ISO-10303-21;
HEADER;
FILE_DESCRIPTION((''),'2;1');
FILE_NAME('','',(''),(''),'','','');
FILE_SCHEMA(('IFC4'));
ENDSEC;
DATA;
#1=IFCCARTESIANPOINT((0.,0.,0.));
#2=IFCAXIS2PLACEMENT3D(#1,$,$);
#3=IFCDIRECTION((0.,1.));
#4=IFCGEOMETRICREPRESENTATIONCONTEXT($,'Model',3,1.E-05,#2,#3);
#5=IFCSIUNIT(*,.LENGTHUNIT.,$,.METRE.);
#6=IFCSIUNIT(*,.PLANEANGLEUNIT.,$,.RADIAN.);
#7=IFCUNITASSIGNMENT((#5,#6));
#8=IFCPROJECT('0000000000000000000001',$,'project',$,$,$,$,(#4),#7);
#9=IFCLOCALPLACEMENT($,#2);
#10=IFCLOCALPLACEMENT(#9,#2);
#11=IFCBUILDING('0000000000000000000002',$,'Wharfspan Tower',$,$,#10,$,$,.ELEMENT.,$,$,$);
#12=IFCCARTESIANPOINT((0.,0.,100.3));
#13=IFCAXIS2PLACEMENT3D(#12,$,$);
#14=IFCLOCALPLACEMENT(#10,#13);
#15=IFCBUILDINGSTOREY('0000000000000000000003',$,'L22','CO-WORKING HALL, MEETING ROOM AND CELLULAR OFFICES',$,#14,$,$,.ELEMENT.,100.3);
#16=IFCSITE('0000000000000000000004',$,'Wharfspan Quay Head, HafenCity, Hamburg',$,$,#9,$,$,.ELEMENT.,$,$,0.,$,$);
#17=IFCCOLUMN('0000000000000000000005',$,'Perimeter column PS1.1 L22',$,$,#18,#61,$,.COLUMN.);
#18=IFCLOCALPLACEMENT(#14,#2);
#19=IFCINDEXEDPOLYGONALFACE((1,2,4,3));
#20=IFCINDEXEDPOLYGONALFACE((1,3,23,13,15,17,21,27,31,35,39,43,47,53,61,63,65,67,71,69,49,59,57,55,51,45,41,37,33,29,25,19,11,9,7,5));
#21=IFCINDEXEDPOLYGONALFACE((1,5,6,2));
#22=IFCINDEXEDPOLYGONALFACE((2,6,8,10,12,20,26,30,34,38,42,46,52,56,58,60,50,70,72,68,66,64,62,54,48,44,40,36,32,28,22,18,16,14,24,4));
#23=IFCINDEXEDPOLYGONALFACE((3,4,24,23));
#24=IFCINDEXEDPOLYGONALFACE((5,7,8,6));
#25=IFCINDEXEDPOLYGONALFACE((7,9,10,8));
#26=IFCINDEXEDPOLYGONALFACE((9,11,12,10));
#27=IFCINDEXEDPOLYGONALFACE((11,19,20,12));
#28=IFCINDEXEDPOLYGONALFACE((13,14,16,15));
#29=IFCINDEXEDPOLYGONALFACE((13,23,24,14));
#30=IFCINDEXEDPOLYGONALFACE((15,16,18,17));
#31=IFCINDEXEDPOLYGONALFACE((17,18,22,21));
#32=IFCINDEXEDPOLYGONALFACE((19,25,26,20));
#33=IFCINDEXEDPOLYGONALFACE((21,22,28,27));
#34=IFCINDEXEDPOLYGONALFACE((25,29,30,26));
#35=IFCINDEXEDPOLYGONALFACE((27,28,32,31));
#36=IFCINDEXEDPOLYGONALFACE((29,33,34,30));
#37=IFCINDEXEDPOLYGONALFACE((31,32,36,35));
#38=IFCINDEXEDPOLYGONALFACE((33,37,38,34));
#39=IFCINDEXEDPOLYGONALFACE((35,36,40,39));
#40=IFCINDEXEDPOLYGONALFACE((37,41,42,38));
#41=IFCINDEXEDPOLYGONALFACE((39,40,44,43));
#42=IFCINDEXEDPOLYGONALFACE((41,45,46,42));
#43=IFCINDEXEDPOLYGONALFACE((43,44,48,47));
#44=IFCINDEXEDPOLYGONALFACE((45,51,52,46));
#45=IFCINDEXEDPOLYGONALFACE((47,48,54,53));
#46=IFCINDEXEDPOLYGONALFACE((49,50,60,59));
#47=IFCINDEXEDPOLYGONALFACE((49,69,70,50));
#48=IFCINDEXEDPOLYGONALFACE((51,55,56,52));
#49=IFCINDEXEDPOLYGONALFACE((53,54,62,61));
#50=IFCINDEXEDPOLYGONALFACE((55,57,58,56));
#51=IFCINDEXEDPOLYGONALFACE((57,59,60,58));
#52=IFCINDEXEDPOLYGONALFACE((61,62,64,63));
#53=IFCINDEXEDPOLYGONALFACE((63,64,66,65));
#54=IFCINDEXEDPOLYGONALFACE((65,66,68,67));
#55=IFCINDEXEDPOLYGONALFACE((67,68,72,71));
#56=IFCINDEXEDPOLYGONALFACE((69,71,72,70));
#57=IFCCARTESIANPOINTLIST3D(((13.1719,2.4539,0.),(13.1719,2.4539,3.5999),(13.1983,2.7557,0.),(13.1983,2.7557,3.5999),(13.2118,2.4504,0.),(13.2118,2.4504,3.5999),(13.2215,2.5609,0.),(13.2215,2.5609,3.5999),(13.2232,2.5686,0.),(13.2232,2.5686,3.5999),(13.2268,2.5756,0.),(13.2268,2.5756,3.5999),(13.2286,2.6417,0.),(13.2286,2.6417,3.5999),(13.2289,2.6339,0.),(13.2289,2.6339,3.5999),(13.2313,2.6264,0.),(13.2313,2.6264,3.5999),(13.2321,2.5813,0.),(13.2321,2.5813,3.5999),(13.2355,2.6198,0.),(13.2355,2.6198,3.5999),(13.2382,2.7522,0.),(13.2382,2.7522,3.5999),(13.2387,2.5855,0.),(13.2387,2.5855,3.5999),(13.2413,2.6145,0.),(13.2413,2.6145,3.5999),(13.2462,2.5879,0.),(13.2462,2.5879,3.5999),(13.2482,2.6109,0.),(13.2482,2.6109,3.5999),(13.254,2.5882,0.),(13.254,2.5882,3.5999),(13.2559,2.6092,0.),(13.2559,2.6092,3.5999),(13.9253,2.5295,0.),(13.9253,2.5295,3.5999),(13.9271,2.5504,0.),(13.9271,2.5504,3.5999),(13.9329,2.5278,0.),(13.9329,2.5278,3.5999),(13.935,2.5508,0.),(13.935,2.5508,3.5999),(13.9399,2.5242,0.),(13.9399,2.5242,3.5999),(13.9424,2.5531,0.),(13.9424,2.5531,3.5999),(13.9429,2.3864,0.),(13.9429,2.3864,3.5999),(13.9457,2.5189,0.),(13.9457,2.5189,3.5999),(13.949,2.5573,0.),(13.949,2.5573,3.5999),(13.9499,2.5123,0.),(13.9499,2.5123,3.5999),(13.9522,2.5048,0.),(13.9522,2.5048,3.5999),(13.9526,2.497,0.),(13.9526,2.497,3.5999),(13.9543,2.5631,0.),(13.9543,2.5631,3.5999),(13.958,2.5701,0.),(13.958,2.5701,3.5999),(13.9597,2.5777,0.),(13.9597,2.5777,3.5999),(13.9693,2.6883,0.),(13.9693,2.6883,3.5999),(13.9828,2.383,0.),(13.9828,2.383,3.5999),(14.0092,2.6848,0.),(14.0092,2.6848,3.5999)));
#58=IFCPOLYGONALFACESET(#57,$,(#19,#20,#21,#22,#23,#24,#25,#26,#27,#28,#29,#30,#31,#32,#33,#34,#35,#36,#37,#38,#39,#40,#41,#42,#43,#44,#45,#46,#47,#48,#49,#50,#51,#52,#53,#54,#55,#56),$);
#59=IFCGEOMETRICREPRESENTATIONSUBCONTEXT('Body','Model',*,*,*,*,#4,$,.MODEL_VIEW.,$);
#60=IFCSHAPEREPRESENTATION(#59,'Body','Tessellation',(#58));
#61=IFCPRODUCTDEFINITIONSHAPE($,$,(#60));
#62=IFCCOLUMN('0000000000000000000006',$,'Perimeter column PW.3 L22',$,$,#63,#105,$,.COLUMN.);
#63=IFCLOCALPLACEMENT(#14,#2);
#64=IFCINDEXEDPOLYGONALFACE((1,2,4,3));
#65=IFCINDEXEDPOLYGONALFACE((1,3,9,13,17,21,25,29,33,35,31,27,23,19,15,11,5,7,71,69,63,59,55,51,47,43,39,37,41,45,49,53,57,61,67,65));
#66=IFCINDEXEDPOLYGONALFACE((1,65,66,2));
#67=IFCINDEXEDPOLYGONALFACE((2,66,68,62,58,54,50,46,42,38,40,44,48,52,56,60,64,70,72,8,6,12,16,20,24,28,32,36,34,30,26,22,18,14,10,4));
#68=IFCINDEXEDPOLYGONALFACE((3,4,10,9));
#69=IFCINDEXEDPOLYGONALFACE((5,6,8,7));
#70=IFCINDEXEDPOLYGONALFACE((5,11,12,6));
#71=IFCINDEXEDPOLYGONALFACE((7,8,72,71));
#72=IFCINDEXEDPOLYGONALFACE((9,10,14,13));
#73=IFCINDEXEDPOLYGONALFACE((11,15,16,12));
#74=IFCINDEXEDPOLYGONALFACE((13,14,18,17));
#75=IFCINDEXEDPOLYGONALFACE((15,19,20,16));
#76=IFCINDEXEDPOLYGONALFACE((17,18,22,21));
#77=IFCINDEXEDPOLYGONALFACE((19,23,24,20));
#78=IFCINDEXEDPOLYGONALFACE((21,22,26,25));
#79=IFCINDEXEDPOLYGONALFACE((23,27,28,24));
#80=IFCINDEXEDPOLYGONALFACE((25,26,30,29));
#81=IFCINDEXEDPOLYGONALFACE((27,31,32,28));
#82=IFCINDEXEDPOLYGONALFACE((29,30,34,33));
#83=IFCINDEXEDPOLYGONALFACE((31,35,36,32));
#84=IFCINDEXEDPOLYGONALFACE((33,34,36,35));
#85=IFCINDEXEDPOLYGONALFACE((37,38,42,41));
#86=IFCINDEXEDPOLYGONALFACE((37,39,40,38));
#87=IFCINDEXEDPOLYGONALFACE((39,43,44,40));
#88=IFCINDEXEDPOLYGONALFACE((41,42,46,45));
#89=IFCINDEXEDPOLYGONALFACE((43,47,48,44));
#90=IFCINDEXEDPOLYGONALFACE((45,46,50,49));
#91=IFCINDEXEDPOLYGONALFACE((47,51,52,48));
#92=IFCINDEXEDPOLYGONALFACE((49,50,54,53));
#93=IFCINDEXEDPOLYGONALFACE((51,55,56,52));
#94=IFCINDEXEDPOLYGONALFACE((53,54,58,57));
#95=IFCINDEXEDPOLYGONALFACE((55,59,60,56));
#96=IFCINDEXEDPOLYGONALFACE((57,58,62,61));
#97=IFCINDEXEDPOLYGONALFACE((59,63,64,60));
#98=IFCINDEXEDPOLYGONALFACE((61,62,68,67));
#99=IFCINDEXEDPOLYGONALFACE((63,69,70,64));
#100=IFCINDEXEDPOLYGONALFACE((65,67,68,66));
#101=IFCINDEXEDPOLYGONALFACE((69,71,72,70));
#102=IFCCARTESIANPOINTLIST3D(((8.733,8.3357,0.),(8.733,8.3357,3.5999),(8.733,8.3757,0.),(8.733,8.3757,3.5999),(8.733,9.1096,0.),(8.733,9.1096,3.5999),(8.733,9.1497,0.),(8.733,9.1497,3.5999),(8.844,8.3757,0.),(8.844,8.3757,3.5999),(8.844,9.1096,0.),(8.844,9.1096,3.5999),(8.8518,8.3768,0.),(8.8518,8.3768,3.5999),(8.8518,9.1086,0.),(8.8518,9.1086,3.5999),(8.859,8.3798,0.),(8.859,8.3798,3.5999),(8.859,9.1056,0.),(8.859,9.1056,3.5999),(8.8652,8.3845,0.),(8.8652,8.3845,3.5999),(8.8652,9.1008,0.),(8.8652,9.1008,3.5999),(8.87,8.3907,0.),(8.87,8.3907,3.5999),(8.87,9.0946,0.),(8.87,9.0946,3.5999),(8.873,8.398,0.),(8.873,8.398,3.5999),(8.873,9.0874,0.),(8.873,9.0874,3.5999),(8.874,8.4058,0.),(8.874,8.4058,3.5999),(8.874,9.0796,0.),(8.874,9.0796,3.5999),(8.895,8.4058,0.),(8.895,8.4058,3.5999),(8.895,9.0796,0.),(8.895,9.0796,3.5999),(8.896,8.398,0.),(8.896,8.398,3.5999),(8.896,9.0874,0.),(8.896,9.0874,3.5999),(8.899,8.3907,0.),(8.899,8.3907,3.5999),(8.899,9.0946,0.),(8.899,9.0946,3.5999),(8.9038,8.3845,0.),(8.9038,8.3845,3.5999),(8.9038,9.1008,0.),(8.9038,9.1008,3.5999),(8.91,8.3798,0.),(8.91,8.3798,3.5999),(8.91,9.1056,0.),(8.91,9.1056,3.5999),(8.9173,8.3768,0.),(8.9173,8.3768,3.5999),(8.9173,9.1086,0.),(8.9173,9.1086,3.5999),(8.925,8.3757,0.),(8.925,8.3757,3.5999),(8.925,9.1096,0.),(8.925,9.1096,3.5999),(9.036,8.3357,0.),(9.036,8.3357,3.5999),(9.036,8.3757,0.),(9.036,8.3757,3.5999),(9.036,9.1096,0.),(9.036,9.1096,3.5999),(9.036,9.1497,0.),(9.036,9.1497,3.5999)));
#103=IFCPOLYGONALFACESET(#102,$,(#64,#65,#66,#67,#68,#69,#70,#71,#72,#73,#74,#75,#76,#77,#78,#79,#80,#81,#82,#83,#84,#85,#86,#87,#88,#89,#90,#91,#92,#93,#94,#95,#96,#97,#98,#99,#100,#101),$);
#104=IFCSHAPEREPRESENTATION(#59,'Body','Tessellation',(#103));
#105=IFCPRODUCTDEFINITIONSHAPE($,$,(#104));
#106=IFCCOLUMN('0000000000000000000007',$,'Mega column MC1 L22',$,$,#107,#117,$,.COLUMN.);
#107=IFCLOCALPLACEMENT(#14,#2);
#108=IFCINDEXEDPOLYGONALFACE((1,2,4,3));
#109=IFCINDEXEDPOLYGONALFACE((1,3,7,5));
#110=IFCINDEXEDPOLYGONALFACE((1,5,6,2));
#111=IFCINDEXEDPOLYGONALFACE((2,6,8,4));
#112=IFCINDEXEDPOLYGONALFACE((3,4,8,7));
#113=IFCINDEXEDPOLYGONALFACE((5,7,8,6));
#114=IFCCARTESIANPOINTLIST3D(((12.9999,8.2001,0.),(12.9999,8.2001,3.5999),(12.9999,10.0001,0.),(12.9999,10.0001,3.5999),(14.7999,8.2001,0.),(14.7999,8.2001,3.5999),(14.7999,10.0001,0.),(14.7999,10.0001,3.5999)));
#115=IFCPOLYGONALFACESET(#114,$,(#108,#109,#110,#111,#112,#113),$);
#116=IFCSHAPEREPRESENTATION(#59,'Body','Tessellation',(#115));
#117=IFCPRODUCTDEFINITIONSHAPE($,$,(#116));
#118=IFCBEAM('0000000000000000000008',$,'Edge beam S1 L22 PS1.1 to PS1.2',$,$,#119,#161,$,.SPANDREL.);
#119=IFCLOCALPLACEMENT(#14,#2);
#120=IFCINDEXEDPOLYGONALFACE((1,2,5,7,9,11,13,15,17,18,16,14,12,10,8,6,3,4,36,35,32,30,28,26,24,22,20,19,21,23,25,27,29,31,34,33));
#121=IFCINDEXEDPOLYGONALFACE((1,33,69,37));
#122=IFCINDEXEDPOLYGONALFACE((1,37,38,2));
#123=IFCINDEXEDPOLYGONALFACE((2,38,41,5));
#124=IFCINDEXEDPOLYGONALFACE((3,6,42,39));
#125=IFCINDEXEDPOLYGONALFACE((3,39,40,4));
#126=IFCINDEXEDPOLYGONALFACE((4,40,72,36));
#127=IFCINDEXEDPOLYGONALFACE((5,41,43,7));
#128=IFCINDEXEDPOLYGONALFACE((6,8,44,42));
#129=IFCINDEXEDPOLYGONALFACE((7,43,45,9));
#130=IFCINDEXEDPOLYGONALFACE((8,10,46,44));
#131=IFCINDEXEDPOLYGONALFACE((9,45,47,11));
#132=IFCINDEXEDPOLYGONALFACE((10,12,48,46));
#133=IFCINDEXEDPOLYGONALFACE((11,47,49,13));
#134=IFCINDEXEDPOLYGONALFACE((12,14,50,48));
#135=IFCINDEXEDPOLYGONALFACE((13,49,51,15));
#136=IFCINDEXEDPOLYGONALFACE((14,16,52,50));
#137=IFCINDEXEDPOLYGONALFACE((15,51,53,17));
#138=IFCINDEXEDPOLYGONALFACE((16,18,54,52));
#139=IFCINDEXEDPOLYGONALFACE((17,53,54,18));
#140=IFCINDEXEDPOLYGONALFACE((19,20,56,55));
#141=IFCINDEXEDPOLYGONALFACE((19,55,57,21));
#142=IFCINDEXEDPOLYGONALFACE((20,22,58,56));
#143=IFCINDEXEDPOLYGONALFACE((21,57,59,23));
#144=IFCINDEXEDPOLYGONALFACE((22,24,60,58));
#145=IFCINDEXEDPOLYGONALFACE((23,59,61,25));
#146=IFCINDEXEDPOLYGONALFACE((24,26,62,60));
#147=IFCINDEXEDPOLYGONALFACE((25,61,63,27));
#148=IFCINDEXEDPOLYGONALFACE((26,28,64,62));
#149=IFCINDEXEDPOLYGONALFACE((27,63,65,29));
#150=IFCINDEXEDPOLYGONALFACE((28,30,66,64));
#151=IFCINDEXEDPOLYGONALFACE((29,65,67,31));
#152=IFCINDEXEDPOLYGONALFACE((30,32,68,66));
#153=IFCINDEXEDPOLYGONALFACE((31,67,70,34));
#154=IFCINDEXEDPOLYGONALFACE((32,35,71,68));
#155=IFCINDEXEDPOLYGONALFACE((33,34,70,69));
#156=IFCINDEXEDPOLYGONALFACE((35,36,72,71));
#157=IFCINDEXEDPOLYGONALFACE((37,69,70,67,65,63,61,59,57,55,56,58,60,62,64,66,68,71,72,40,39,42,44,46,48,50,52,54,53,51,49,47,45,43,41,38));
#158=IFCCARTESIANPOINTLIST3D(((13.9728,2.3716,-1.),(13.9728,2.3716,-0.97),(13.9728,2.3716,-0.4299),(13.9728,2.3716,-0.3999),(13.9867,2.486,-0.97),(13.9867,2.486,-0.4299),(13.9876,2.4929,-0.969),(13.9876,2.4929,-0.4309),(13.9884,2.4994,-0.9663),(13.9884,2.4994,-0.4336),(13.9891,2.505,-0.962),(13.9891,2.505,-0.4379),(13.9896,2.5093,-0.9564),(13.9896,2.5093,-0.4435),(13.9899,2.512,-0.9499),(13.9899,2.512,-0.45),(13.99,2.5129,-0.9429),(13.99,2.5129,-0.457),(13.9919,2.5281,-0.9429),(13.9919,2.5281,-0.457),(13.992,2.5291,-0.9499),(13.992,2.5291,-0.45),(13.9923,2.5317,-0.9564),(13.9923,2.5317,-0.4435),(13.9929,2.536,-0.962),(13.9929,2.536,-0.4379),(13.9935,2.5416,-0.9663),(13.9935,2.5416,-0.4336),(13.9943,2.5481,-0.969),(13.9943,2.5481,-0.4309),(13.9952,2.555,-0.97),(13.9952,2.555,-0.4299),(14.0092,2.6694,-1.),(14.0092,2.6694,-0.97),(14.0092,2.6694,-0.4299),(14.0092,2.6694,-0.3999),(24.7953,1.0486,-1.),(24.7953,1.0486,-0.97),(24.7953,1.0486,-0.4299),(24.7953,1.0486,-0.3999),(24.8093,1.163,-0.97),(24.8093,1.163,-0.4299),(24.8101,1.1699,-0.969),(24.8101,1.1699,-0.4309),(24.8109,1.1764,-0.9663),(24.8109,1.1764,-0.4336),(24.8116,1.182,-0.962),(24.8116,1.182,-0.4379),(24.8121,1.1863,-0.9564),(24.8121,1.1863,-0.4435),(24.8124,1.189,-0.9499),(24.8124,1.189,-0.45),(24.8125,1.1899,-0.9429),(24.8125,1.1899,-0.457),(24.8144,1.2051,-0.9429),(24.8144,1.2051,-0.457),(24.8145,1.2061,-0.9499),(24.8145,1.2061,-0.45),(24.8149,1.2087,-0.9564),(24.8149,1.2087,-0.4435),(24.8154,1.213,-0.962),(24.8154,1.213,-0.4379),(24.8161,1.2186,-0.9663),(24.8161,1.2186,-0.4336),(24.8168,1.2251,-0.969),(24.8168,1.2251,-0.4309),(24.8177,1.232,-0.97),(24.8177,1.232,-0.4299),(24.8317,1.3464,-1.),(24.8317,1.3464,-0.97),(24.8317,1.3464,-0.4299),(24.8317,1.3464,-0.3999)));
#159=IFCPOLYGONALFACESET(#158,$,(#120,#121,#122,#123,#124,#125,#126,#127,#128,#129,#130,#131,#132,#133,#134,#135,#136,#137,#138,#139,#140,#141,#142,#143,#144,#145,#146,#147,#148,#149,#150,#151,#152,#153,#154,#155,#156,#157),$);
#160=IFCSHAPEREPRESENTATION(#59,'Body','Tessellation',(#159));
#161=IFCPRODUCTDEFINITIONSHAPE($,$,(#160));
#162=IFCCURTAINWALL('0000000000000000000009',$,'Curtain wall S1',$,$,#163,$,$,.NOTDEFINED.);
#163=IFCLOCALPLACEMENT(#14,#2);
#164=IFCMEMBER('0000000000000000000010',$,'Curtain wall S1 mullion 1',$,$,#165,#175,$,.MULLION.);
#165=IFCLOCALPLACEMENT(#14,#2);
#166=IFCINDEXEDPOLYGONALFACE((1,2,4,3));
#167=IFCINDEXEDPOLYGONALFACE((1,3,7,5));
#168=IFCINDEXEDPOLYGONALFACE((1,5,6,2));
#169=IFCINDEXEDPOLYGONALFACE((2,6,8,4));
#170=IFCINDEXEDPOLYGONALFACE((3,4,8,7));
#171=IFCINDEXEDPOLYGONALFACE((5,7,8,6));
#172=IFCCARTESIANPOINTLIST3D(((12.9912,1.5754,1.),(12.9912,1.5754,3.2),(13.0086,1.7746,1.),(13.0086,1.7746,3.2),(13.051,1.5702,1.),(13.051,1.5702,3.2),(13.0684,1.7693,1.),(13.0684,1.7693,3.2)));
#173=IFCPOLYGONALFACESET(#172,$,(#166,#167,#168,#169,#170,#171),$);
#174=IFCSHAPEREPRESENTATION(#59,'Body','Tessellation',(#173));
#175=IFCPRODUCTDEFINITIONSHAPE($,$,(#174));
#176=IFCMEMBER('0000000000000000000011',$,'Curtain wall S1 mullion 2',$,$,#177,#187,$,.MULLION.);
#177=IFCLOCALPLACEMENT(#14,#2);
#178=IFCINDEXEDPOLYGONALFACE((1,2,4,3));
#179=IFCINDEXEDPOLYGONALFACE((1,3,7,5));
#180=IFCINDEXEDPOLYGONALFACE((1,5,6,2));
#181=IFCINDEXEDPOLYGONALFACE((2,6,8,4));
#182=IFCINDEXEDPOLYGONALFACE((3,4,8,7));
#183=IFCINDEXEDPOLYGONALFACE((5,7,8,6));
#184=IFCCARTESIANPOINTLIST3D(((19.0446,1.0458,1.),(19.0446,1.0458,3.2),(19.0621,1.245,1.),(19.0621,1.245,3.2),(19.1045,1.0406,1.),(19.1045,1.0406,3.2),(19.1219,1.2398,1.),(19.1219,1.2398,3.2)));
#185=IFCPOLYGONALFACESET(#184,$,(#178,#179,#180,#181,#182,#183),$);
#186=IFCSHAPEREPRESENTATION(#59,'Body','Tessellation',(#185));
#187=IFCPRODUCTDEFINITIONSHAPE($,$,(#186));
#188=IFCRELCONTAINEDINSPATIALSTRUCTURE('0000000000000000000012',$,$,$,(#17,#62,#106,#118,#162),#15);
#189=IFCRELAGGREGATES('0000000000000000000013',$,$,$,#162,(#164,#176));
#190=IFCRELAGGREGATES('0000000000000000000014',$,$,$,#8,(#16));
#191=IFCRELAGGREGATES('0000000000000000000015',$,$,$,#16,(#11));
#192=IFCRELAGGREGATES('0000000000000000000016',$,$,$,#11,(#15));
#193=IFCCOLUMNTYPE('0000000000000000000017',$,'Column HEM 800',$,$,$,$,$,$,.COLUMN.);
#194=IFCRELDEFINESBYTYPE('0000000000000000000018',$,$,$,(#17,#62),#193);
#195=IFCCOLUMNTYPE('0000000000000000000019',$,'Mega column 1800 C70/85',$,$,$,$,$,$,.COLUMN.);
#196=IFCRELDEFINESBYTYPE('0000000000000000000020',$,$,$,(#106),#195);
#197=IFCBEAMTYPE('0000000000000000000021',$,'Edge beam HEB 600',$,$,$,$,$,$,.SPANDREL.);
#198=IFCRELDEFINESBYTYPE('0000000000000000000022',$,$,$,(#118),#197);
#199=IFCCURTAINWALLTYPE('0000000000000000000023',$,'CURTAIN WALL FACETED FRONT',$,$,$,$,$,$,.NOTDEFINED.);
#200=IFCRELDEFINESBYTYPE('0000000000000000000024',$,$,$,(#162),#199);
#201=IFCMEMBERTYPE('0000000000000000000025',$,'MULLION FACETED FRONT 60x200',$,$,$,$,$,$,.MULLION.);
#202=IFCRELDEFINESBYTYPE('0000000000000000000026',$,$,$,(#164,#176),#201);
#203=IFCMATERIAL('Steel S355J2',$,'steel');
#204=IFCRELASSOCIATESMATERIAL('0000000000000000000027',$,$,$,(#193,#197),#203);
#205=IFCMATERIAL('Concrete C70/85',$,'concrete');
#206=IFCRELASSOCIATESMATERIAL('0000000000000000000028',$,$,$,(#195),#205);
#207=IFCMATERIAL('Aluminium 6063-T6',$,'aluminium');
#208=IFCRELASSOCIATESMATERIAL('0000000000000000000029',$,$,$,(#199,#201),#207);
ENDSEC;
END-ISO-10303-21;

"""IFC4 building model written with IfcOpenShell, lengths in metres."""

from ifc_helpers import new_model, si_unit, direction, frame, origin, origin_2d, place, context, subcontext, project, spatial, rectangle, i_section, extrude, material, material_profile, profile_set, type_object, element, aggregate, save


model = new_model("IFC4")

# Units and contexts
model_context = context("Model", 3, precision=1e-05, world=origin(), true_north=direction((0.0, 1.0)))
body_context = subcontext(model_context, "Body", "Model", "MODEL_VIEW")
ifc_project = project(units=[si_unit("LENGTHUNIT", "METRE"), si_unit("PLANEANGLEUNIT", "RADIAN")], contexts=[model_context])

# Site, building, storey
site_placement = place(None, origin())
site = spatial("IfcSite", under=ifc_project, at=site_placement, Name="Wharfspan Quay Head, HafenCity, Hamburg", CompositionType="ELEMENT", RefElevation=0.0)
building_placement = place(site_placement, origin())
building = spatial("IfcBuilding", under=site, at=building_placement, Name="Wharfspan Tower", CompositionType="ELEMENT")
storey_placement = place(building_placement, frame((0.0, 0.0, 100.3)))
storey = spatial("IfcBuildingStorey", under=building, at=storey_placement, Name="L22", Description="CO-WORKING HALL, MEETING ROOM AND CELLULAR OFFICES", CompositionType="ELEMENT", Elevation=100.3)

# Columns
ifc_material_1 = material(Name="Steel S355J2", Category="steel")
ifc_material_profile_1 = material_profile(ifc_material_1, i_section(OverallWidth=0.303, OverallDepth=0.814, WebThickness=0.021, FlangeThickness=0.04, FilletRadius=0.03, at=origin_2d()))
ifc_profile_set_1 = profile_set([ifc_material_profile_1], Name="Steel S355J2")
column_type_1 = type_object("IfcColumnType", Name="Column HEM 800", PredefinedType="COLUMN", material=ifc_profile_set_1)
for number, where, z_axis, x_axis, name in (
    (1, (13.5906, 2.5693, 0.0), (0.0, 0.0, 1.0), (-0.087156, -0.996198, 0.0), "Perimeter column PS1.1 L22"),
    (2, (8.8845, 8.7427, 0.0), (0.0, 0.0, 1.0), (-1.0, 0.0, 0.0), "Perimeter column PW.3 L22"),
):
    element("IfcColumn", number, at=place(storey_placement, frame(where, z_axis=z_axis, x_axis=x_axis)), inside=storey, type_object=column_type_1, Name=name, PredefinedType="COLUMN", context=body_context, shape_type="SweptSolid", body=[
        extrude(i_section(OverallWidth=0.303, OverallDepth=0.814, WebThickness=0.021, FlangeThickness=0.04, FilletRadius=0.03, at=origin_2d()), origin(), (0.0, 0.0, 1.0), 3.5999),
    ])
ifc_material_2 = material(Name="Concrete C70/85", Category="concrete")
ifc_material_profile_2 = material_profile(ifc_material_2, rectangle(XDim=1.8, YDim=1.8, at=origin_2d()))
ifc_profile_set_2 = profile_set([ifc_material_profile_2], Name="Concrete C70/85")
column_type_2 = type_object("IfcColumnType", Name="Mega column 1800 C70/85", PredefinedType="COLUMN", material=ifc_profile_set_2)
column_placement = place(storey_placement, frame((13.8999, 9.1001, 0.0), z_axis=(0.0, 0.0, 1.0), x_axis=(1.0, 0.0, 0.0)))
element("IfcColumn", 3, at=column_placement, inside=storey, type_object=column_type_2, Name="Mega column MC1 L22", PredefinedType="COLUMN", context=body_context, shape_type="SweptSolid", body=[
    extrude(rectangle(XDim=1.8, YDim=1.8, at=origin_2d()), origin(), (0.0, 0.0, 1.0), 3.5999),
])

# Beam
ifc_material_profile_3 = material_profile(ifc_material_1, i_section(OverallWidth=0.3, OverallDepth=0.6001, WebThickness=0.0154, FlangeThickness=0.03, FilletRadius=0.0271, at=origin_2d()))
ifc_profile_set_3 = profile_set([ifc_material_profile_3], Name="Steel S355J2")
beam_type = type_object("IfcBeamType", Name="Edge beam HEB 600", PredefinedType="SPANDREL", material=ifc_profile_set_3)
beam_placement = place(storey_placement, frame((13.991, 2.5205, -0.7), z_axis=(0.992611, -0.121342, 0.0), x_axis=(0.121342, 0.992611, 0.0)))
element("IfcBeam", 4, at=beam_placement, inside=storey, type_object=beam_type, Name="Edge beam S1 L22 PS1.1 to PS1.2", PredefinedType="SPANDREL", context=body_context, shape_type="SweptSolid", body=[
    extrude(i_section(OverallWidth=0.3, OverallDepth=0.6001, WebThickness=0.0154, FlangeThickness=0.03, FilletRadius=0.0271, at=origin_2d()), origin(), (0.0, 0.0, 1.0), 10.9031),
])

# Curtain wall, members
ifc_material_3 = material(Name="Aluminium 6063-T6", Category="aluminium")
curtain_wall_type_1 = type_object("IfcCurtainWallType", Name="CURTAIN WALL FACETED FRONT", PredefinedType="NOTDEFINED", material=ifc_material_3)
curtain_wall_1_placement = place(storey_placement, origin())
curtain_wall_1 = element("IfcCurtainWall", 5, at=curtain_wall_1_placement, inside=storey, type_object=curtain_wall_type_1, Name="Curtain wall S1", PredefinedType="NOTDEFINED")
ifc_material_profile_4 = material_profile(ifc_material_3, rectangle(XDim=0.2, YDim=0.0601, at=origin_2d()))
ifc_profile_set_4 = profile_set([ifc_material_profile_4], Name="Aluminium 6063-T6")
member_type_1 = type_object("IfcMemberType", Name="MULLION FACETED FRONT 60x200", PredefinedType="MULLION", material=ifc_profile_set_4)
member_1_placement = place(storey_placement, frame((13.0298, 1.6724, 1.0), z_axis=(0.0, 0.0, 1.0), x_axis=(0.087156, 0.996198, 0.0)))
member_1 = element("IfcMember", 6, at=member_1_placement, type_object=member_type_1, Name="Curtain wall S1 mullion 1", PredefinedType="MULLION", context=body_context, shape_type="SweptSolid", body=[
    extrude(rectangle(XDim=0.2, YDim=0.0601, at=origin_2d()), origin(), (0.0, 0.0, 1.0), 2.2),
])
member_2_placement = place(storey_placement, frame((19.0833, 1.1428, 1.0), z_axis=(0.0, 0.0, 1.0), x_axis=(0.087156, 0.996198, 0.0)))
member_2 = element("IfcMember", 7, at=member_2_placement, type_object=member_type_1, Name="Curtain wall S1 mullion 2", PredefinedType="MULLION", context=body_context, shape_type="SweptSolid", body=[
    extrude(rectangle(XDim=0.2, YDim=0.0601, at=origin_2d()), origin(), (0.0, 0.0, 1.0), 2.2),
])

aggregate(curtain_wall_1, [member_1, member_2])

save(model, "model.ifc")
